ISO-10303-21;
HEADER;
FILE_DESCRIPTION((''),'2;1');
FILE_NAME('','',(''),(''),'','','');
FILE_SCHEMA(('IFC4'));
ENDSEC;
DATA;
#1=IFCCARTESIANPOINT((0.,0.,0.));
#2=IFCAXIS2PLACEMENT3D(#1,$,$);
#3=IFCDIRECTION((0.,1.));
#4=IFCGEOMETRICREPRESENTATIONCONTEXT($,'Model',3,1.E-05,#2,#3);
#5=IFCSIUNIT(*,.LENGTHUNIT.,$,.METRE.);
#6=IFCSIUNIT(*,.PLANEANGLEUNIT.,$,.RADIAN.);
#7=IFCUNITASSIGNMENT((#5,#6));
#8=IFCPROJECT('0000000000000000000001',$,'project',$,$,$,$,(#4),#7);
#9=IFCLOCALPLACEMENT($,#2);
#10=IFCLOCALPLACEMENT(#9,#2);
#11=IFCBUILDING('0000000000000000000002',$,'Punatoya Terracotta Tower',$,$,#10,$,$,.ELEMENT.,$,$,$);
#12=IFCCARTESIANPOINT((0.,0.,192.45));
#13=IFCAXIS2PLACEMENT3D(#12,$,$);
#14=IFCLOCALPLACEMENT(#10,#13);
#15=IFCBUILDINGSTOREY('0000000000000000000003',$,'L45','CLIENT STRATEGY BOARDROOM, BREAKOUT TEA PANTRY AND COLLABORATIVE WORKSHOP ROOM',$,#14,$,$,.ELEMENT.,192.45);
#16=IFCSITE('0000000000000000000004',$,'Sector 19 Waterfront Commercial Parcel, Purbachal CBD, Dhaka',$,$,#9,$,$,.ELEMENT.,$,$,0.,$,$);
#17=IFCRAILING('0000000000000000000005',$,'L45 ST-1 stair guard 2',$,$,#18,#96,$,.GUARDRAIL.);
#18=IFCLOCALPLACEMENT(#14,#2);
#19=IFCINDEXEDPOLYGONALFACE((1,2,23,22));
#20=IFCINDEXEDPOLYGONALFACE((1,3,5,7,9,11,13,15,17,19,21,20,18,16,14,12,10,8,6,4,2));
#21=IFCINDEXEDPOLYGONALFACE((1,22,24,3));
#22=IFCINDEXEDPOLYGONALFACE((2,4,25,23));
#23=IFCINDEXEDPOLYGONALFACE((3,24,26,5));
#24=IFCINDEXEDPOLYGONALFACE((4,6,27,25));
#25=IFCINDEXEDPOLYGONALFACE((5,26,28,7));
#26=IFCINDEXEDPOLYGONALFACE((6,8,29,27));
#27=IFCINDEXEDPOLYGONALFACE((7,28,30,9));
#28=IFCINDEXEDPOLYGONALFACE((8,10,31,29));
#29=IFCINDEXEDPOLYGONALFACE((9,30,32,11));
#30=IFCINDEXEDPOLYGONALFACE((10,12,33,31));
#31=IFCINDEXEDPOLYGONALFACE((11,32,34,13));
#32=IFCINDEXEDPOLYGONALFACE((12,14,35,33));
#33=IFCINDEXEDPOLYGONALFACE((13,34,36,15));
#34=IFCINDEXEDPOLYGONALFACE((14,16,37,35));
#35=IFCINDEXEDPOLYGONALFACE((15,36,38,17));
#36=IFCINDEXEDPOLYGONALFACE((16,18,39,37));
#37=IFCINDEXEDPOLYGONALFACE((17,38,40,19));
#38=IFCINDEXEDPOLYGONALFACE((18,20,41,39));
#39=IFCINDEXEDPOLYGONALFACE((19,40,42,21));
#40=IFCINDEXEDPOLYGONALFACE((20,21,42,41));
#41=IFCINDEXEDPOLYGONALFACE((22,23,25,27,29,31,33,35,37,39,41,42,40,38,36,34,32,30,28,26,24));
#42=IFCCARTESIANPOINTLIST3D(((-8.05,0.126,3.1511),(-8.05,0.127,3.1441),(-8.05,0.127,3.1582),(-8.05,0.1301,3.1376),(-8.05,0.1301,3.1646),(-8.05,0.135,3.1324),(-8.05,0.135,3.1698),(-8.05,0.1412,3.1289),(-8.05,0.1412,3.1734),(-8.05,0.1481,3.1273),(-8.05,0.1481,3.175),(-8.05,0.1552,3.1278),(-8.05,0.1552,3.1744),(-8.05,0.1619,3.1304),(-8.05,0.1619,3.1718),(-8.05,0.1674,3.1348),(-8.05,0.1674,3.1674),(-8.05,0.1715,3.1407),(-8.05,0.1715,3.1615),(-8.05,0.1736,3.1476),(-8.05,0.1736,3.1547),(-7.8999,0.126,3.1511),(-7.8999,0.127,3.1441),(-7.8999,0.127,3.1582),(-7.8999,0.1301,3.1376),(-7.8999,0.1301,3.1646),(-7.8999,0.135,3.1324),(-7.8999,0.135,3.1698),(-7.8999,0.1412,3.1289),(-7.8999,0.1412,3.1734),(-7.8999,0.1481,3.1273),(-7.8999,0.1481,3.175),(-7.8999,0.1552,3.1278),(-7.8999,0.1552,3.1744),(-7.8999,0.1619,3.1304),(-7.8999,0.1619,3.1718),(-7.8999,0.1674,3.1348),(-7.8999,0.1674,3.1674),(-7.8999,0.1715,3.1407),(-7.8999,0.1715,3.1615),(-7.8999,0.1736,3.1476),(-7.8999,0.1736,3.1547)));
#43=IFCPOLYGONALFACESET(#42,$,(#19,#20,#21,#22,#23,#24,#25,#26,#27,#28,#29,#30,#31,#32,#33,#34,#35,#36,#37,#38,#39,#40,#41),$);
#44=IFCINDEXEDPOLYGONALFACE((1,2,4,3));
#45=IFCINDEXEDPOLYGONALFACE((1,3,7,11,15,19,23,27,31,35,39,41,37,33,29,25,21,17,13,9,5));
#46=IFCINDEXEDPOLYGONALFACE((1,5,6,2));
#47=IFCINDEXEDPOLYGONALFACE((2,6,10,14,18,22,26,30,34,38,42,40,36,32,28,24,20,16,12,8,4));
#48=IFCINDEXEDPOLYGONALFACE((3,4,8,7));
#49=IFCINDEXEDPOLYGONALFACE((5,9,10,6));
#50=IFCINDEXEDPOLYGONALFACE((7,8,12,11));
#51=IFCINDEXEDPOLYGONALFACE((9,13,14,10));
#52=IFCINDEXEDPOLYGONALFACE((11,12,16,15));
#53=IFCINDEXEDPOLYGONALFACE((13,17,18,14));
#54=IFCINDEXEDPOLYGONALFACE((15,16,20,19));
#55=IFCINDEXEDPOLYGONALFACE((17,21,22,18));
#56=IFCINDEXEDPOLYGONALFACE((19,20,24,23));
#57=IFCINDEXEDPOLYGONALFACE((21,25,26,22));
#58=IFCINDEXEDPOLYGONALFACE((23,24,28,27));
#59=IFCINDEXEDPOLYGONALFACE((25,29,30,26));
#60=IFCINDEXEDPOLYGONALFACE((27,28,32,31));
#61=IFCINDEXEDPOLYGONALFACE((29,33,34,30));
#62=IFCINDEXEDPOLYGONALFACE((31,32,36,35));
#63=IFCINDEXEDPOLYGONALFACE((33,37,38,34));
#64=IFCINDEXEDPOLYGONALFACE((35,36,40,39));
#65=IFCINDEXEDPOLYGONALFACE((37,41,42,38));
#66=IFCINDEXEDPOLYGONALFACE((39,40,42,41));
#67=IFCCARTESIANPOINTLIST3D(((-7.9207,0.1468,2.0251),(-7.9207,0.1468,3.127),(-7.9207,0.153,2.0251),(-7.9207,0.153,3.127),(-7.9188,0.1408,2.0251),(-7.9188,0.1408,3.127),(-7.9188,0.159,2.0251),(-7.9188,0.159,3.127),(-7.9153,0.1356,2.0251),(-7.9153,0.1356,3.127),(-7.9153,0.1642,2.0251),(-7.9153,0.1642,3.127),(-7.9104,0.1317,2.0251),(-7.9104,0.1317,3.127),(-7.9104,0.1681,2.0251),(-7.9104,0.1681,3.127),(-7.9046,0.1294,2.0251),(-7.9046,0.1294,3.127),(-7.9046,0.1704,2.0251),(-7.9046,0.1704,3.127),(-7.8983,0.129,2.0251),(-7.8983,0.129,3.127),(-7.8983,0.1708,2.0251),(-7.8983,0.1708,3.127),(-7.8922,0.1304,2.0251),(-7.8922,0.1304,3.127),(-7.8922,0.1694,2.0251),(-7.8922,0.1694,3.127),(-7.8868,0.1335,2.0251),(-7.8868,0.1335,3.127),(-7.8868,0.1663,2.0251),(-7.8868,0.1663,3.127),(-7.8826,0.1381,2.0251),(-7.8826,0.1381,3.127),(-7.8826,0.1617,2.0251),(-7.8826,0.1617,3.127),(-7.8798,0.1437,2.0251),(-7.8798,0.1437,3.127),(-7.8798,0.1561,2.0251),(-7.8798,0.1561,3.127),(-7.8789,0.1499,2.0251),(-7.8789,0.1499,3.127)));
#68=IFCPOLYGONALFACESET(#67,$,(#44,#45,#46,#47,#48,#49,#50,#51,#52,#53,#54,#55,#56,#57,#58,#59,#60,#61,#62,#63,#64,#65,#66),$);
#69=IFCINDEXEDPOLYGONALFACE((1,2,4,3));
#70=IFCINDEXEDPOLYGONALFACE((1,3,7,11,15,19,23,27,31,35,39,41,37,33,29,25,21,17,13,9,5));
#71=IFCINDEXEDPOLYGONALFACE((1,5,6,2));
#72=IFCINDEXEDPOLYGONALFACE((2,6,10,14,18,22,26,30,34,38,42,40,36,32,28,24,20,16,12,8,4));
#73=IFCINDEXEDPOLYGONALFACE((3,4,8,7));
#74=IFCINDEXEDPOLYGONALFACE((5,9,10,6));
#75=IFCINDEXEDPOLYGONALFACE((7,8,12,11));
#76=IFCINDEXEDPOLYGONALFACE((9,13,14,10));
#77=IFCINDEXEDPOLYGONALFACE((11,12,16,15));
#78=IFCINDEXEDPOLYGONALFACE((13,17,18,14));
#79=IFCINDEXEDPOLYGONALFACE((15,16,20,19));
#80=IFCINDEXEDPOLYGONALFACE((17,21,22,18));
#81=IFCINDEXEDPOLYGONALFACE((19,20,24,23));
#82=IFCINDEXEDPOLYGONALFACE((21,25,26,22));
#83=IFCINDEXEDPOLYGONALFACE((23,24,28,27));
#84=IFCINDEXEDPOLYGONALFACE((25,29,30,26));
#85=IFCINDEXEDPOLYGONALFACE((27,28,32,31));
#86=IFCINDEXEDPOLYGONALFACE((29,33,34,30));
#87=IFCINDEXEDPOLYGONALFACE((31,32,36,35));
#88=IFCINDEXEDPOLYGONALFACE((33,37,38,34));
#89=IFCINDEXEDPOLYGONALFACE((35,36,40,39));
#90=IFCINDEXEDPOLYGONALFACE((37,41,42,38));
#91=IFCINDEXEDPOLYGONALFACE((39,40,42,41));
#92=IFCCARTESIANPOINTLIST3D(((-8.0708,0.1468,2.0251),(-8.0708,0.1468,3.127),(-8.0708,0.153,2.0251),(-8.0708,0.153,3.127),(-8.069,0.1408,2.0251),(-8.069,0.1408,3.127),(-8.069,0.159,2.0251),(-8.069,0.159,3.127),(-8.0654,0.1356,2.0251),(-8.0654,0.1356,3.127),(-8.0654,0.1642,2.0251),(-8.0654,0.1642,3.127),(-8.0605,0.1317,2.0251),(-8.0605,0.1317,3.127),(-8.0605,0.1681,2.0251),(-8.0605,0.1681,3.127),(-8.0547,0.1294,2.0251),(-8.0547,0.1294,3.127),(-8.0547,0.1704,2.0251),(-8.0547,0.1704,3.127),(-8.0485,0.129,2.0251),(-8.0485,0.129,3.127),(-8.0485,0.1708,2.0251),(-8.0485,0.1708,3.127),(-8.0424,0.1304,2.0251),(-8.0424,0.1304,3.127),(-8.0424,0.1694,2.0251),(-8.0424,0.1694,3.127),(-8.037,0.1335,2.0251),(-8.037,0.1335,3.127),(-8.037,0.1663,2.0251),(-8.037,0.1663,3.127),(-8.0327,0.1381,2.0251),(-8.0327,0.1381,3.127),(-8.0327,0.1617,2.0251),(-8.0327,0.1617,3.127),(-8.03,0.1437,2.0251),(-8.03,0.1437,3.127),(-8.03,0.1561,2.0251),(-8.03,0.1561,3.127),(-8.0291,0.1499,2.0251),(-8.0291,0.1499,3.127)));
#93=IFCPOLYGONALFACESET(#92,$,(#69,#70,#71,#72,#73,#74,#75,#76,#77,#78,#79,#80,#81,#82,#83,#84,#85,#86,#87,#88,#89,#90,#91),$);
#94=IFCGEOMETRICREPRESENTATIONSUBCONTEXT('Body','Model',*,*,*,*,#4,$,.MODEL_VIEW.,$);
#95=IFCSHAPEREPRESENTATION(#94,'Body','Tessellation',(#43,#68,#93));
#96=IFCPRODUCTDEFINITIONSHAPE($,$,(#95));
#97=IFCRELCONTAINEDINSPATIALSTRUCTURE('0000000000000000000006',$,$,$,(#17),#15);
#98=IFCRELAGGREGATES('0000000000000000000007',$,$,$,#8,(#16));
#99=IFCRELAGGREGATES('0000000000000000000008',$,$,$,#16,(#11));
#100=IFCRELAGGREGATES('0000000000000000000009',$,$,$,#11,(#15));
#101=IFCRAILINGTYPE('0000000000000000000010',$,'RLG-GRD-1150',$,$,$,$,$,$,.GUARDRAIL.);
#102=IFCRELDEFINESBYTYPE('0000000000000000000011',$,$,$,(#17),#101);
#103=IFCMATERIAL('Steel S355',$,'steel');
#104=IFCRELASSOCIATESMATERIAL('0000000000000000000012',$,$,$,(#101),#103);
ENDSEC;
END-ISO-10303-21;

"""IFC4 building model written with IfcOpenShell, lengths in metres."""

from ifc_helpers import new_model, si_unit, direction, frame, origin, origin_2d, place, context, subcontext, project, spatial, circle, extrude, material, type_object, element, save


model = new_model("IFC4")

# Units and contexts
model_context = context("Model", 3, precision=1e-05, world=origin(), true_north=direction((0.0, 1.0)))
body_context = subcontext(model_context, "Body", "Model", "MODEL_VIEW")
ifc_project = project(units=[si_unit("LENGTHUNIT", "METRE"), si_unit("PLANEANGLEUNIT", "RADIAN")], contexts=[model_context])

# Site, building, storey
site_placement = place(None, origin())
site = spatial("IfcSite", under=ifc_project, at=site_placement, Name="Sector 19 Waterfront Commercial Parcel, Purbachal CBD, Dhaka", CompositionType="ELEMENT", RefElevation=0.0)
building_placement = place(site_placement, origin())
building = spatial("IfcBuilding", under=site, at=building_placement, Name="Punatoya Terracotta Tower", CompositionType="ELEMENT")
storey_placement = place(building_placement, frame((0.0, 0.0, 192.45)))
storey = spatial("IfcBuildingStorey", under=building, at=storey_placement, Name="L45", Description="CLIENT STRATEGY BOARDROOM, BREAKOUT TEA PANTRY AND COLLABORATIVE WORKSHOP ROOM", CompositionType="ELEMENT", Elevation=192.45)

# Railing
ifc_material_1 = material(Name="Steel S355", Category="steel")
railing_type_1 = type_object("IfcRailingType", Name="RLG-GRD-1150", PredefinedType="GUARDRAIL", material=ifc_material_1)
railing_1_placement = place(storey_placement, frame((-7.8999, 0.1499, 2.0251)))
element("IfcRailing", 1, at=railing_1_placement, inside=storey, type_object=railing_type_1, Name="L45 ST-1 stair guard 2", PredefinedType="GUARDRAIL", context=body_context, shape_type="SweptSolid", body=[
    extrude(circle(Radius=0.0239, at=origin_2d()), frame((0.0, 0.0, 1.126), z_axis=(-1.0, 0.0, 0.0), x_axis=(0.0, -1.0, 0.0)), (0.0, 0.0, 1.0), 0.1501),
    extrude(circle(Radius=0.021, at=origin_2d()), origin(), (0.0, 0.0, 1.0), 1.1018),
    extrude(circle(Radius=0.021, at=origin_2d()), frame((-0.1501, 0.0, 0.0)), (0.0, 0.0, 1.0), 1.1018),
])

save(model, "model.ifc")
